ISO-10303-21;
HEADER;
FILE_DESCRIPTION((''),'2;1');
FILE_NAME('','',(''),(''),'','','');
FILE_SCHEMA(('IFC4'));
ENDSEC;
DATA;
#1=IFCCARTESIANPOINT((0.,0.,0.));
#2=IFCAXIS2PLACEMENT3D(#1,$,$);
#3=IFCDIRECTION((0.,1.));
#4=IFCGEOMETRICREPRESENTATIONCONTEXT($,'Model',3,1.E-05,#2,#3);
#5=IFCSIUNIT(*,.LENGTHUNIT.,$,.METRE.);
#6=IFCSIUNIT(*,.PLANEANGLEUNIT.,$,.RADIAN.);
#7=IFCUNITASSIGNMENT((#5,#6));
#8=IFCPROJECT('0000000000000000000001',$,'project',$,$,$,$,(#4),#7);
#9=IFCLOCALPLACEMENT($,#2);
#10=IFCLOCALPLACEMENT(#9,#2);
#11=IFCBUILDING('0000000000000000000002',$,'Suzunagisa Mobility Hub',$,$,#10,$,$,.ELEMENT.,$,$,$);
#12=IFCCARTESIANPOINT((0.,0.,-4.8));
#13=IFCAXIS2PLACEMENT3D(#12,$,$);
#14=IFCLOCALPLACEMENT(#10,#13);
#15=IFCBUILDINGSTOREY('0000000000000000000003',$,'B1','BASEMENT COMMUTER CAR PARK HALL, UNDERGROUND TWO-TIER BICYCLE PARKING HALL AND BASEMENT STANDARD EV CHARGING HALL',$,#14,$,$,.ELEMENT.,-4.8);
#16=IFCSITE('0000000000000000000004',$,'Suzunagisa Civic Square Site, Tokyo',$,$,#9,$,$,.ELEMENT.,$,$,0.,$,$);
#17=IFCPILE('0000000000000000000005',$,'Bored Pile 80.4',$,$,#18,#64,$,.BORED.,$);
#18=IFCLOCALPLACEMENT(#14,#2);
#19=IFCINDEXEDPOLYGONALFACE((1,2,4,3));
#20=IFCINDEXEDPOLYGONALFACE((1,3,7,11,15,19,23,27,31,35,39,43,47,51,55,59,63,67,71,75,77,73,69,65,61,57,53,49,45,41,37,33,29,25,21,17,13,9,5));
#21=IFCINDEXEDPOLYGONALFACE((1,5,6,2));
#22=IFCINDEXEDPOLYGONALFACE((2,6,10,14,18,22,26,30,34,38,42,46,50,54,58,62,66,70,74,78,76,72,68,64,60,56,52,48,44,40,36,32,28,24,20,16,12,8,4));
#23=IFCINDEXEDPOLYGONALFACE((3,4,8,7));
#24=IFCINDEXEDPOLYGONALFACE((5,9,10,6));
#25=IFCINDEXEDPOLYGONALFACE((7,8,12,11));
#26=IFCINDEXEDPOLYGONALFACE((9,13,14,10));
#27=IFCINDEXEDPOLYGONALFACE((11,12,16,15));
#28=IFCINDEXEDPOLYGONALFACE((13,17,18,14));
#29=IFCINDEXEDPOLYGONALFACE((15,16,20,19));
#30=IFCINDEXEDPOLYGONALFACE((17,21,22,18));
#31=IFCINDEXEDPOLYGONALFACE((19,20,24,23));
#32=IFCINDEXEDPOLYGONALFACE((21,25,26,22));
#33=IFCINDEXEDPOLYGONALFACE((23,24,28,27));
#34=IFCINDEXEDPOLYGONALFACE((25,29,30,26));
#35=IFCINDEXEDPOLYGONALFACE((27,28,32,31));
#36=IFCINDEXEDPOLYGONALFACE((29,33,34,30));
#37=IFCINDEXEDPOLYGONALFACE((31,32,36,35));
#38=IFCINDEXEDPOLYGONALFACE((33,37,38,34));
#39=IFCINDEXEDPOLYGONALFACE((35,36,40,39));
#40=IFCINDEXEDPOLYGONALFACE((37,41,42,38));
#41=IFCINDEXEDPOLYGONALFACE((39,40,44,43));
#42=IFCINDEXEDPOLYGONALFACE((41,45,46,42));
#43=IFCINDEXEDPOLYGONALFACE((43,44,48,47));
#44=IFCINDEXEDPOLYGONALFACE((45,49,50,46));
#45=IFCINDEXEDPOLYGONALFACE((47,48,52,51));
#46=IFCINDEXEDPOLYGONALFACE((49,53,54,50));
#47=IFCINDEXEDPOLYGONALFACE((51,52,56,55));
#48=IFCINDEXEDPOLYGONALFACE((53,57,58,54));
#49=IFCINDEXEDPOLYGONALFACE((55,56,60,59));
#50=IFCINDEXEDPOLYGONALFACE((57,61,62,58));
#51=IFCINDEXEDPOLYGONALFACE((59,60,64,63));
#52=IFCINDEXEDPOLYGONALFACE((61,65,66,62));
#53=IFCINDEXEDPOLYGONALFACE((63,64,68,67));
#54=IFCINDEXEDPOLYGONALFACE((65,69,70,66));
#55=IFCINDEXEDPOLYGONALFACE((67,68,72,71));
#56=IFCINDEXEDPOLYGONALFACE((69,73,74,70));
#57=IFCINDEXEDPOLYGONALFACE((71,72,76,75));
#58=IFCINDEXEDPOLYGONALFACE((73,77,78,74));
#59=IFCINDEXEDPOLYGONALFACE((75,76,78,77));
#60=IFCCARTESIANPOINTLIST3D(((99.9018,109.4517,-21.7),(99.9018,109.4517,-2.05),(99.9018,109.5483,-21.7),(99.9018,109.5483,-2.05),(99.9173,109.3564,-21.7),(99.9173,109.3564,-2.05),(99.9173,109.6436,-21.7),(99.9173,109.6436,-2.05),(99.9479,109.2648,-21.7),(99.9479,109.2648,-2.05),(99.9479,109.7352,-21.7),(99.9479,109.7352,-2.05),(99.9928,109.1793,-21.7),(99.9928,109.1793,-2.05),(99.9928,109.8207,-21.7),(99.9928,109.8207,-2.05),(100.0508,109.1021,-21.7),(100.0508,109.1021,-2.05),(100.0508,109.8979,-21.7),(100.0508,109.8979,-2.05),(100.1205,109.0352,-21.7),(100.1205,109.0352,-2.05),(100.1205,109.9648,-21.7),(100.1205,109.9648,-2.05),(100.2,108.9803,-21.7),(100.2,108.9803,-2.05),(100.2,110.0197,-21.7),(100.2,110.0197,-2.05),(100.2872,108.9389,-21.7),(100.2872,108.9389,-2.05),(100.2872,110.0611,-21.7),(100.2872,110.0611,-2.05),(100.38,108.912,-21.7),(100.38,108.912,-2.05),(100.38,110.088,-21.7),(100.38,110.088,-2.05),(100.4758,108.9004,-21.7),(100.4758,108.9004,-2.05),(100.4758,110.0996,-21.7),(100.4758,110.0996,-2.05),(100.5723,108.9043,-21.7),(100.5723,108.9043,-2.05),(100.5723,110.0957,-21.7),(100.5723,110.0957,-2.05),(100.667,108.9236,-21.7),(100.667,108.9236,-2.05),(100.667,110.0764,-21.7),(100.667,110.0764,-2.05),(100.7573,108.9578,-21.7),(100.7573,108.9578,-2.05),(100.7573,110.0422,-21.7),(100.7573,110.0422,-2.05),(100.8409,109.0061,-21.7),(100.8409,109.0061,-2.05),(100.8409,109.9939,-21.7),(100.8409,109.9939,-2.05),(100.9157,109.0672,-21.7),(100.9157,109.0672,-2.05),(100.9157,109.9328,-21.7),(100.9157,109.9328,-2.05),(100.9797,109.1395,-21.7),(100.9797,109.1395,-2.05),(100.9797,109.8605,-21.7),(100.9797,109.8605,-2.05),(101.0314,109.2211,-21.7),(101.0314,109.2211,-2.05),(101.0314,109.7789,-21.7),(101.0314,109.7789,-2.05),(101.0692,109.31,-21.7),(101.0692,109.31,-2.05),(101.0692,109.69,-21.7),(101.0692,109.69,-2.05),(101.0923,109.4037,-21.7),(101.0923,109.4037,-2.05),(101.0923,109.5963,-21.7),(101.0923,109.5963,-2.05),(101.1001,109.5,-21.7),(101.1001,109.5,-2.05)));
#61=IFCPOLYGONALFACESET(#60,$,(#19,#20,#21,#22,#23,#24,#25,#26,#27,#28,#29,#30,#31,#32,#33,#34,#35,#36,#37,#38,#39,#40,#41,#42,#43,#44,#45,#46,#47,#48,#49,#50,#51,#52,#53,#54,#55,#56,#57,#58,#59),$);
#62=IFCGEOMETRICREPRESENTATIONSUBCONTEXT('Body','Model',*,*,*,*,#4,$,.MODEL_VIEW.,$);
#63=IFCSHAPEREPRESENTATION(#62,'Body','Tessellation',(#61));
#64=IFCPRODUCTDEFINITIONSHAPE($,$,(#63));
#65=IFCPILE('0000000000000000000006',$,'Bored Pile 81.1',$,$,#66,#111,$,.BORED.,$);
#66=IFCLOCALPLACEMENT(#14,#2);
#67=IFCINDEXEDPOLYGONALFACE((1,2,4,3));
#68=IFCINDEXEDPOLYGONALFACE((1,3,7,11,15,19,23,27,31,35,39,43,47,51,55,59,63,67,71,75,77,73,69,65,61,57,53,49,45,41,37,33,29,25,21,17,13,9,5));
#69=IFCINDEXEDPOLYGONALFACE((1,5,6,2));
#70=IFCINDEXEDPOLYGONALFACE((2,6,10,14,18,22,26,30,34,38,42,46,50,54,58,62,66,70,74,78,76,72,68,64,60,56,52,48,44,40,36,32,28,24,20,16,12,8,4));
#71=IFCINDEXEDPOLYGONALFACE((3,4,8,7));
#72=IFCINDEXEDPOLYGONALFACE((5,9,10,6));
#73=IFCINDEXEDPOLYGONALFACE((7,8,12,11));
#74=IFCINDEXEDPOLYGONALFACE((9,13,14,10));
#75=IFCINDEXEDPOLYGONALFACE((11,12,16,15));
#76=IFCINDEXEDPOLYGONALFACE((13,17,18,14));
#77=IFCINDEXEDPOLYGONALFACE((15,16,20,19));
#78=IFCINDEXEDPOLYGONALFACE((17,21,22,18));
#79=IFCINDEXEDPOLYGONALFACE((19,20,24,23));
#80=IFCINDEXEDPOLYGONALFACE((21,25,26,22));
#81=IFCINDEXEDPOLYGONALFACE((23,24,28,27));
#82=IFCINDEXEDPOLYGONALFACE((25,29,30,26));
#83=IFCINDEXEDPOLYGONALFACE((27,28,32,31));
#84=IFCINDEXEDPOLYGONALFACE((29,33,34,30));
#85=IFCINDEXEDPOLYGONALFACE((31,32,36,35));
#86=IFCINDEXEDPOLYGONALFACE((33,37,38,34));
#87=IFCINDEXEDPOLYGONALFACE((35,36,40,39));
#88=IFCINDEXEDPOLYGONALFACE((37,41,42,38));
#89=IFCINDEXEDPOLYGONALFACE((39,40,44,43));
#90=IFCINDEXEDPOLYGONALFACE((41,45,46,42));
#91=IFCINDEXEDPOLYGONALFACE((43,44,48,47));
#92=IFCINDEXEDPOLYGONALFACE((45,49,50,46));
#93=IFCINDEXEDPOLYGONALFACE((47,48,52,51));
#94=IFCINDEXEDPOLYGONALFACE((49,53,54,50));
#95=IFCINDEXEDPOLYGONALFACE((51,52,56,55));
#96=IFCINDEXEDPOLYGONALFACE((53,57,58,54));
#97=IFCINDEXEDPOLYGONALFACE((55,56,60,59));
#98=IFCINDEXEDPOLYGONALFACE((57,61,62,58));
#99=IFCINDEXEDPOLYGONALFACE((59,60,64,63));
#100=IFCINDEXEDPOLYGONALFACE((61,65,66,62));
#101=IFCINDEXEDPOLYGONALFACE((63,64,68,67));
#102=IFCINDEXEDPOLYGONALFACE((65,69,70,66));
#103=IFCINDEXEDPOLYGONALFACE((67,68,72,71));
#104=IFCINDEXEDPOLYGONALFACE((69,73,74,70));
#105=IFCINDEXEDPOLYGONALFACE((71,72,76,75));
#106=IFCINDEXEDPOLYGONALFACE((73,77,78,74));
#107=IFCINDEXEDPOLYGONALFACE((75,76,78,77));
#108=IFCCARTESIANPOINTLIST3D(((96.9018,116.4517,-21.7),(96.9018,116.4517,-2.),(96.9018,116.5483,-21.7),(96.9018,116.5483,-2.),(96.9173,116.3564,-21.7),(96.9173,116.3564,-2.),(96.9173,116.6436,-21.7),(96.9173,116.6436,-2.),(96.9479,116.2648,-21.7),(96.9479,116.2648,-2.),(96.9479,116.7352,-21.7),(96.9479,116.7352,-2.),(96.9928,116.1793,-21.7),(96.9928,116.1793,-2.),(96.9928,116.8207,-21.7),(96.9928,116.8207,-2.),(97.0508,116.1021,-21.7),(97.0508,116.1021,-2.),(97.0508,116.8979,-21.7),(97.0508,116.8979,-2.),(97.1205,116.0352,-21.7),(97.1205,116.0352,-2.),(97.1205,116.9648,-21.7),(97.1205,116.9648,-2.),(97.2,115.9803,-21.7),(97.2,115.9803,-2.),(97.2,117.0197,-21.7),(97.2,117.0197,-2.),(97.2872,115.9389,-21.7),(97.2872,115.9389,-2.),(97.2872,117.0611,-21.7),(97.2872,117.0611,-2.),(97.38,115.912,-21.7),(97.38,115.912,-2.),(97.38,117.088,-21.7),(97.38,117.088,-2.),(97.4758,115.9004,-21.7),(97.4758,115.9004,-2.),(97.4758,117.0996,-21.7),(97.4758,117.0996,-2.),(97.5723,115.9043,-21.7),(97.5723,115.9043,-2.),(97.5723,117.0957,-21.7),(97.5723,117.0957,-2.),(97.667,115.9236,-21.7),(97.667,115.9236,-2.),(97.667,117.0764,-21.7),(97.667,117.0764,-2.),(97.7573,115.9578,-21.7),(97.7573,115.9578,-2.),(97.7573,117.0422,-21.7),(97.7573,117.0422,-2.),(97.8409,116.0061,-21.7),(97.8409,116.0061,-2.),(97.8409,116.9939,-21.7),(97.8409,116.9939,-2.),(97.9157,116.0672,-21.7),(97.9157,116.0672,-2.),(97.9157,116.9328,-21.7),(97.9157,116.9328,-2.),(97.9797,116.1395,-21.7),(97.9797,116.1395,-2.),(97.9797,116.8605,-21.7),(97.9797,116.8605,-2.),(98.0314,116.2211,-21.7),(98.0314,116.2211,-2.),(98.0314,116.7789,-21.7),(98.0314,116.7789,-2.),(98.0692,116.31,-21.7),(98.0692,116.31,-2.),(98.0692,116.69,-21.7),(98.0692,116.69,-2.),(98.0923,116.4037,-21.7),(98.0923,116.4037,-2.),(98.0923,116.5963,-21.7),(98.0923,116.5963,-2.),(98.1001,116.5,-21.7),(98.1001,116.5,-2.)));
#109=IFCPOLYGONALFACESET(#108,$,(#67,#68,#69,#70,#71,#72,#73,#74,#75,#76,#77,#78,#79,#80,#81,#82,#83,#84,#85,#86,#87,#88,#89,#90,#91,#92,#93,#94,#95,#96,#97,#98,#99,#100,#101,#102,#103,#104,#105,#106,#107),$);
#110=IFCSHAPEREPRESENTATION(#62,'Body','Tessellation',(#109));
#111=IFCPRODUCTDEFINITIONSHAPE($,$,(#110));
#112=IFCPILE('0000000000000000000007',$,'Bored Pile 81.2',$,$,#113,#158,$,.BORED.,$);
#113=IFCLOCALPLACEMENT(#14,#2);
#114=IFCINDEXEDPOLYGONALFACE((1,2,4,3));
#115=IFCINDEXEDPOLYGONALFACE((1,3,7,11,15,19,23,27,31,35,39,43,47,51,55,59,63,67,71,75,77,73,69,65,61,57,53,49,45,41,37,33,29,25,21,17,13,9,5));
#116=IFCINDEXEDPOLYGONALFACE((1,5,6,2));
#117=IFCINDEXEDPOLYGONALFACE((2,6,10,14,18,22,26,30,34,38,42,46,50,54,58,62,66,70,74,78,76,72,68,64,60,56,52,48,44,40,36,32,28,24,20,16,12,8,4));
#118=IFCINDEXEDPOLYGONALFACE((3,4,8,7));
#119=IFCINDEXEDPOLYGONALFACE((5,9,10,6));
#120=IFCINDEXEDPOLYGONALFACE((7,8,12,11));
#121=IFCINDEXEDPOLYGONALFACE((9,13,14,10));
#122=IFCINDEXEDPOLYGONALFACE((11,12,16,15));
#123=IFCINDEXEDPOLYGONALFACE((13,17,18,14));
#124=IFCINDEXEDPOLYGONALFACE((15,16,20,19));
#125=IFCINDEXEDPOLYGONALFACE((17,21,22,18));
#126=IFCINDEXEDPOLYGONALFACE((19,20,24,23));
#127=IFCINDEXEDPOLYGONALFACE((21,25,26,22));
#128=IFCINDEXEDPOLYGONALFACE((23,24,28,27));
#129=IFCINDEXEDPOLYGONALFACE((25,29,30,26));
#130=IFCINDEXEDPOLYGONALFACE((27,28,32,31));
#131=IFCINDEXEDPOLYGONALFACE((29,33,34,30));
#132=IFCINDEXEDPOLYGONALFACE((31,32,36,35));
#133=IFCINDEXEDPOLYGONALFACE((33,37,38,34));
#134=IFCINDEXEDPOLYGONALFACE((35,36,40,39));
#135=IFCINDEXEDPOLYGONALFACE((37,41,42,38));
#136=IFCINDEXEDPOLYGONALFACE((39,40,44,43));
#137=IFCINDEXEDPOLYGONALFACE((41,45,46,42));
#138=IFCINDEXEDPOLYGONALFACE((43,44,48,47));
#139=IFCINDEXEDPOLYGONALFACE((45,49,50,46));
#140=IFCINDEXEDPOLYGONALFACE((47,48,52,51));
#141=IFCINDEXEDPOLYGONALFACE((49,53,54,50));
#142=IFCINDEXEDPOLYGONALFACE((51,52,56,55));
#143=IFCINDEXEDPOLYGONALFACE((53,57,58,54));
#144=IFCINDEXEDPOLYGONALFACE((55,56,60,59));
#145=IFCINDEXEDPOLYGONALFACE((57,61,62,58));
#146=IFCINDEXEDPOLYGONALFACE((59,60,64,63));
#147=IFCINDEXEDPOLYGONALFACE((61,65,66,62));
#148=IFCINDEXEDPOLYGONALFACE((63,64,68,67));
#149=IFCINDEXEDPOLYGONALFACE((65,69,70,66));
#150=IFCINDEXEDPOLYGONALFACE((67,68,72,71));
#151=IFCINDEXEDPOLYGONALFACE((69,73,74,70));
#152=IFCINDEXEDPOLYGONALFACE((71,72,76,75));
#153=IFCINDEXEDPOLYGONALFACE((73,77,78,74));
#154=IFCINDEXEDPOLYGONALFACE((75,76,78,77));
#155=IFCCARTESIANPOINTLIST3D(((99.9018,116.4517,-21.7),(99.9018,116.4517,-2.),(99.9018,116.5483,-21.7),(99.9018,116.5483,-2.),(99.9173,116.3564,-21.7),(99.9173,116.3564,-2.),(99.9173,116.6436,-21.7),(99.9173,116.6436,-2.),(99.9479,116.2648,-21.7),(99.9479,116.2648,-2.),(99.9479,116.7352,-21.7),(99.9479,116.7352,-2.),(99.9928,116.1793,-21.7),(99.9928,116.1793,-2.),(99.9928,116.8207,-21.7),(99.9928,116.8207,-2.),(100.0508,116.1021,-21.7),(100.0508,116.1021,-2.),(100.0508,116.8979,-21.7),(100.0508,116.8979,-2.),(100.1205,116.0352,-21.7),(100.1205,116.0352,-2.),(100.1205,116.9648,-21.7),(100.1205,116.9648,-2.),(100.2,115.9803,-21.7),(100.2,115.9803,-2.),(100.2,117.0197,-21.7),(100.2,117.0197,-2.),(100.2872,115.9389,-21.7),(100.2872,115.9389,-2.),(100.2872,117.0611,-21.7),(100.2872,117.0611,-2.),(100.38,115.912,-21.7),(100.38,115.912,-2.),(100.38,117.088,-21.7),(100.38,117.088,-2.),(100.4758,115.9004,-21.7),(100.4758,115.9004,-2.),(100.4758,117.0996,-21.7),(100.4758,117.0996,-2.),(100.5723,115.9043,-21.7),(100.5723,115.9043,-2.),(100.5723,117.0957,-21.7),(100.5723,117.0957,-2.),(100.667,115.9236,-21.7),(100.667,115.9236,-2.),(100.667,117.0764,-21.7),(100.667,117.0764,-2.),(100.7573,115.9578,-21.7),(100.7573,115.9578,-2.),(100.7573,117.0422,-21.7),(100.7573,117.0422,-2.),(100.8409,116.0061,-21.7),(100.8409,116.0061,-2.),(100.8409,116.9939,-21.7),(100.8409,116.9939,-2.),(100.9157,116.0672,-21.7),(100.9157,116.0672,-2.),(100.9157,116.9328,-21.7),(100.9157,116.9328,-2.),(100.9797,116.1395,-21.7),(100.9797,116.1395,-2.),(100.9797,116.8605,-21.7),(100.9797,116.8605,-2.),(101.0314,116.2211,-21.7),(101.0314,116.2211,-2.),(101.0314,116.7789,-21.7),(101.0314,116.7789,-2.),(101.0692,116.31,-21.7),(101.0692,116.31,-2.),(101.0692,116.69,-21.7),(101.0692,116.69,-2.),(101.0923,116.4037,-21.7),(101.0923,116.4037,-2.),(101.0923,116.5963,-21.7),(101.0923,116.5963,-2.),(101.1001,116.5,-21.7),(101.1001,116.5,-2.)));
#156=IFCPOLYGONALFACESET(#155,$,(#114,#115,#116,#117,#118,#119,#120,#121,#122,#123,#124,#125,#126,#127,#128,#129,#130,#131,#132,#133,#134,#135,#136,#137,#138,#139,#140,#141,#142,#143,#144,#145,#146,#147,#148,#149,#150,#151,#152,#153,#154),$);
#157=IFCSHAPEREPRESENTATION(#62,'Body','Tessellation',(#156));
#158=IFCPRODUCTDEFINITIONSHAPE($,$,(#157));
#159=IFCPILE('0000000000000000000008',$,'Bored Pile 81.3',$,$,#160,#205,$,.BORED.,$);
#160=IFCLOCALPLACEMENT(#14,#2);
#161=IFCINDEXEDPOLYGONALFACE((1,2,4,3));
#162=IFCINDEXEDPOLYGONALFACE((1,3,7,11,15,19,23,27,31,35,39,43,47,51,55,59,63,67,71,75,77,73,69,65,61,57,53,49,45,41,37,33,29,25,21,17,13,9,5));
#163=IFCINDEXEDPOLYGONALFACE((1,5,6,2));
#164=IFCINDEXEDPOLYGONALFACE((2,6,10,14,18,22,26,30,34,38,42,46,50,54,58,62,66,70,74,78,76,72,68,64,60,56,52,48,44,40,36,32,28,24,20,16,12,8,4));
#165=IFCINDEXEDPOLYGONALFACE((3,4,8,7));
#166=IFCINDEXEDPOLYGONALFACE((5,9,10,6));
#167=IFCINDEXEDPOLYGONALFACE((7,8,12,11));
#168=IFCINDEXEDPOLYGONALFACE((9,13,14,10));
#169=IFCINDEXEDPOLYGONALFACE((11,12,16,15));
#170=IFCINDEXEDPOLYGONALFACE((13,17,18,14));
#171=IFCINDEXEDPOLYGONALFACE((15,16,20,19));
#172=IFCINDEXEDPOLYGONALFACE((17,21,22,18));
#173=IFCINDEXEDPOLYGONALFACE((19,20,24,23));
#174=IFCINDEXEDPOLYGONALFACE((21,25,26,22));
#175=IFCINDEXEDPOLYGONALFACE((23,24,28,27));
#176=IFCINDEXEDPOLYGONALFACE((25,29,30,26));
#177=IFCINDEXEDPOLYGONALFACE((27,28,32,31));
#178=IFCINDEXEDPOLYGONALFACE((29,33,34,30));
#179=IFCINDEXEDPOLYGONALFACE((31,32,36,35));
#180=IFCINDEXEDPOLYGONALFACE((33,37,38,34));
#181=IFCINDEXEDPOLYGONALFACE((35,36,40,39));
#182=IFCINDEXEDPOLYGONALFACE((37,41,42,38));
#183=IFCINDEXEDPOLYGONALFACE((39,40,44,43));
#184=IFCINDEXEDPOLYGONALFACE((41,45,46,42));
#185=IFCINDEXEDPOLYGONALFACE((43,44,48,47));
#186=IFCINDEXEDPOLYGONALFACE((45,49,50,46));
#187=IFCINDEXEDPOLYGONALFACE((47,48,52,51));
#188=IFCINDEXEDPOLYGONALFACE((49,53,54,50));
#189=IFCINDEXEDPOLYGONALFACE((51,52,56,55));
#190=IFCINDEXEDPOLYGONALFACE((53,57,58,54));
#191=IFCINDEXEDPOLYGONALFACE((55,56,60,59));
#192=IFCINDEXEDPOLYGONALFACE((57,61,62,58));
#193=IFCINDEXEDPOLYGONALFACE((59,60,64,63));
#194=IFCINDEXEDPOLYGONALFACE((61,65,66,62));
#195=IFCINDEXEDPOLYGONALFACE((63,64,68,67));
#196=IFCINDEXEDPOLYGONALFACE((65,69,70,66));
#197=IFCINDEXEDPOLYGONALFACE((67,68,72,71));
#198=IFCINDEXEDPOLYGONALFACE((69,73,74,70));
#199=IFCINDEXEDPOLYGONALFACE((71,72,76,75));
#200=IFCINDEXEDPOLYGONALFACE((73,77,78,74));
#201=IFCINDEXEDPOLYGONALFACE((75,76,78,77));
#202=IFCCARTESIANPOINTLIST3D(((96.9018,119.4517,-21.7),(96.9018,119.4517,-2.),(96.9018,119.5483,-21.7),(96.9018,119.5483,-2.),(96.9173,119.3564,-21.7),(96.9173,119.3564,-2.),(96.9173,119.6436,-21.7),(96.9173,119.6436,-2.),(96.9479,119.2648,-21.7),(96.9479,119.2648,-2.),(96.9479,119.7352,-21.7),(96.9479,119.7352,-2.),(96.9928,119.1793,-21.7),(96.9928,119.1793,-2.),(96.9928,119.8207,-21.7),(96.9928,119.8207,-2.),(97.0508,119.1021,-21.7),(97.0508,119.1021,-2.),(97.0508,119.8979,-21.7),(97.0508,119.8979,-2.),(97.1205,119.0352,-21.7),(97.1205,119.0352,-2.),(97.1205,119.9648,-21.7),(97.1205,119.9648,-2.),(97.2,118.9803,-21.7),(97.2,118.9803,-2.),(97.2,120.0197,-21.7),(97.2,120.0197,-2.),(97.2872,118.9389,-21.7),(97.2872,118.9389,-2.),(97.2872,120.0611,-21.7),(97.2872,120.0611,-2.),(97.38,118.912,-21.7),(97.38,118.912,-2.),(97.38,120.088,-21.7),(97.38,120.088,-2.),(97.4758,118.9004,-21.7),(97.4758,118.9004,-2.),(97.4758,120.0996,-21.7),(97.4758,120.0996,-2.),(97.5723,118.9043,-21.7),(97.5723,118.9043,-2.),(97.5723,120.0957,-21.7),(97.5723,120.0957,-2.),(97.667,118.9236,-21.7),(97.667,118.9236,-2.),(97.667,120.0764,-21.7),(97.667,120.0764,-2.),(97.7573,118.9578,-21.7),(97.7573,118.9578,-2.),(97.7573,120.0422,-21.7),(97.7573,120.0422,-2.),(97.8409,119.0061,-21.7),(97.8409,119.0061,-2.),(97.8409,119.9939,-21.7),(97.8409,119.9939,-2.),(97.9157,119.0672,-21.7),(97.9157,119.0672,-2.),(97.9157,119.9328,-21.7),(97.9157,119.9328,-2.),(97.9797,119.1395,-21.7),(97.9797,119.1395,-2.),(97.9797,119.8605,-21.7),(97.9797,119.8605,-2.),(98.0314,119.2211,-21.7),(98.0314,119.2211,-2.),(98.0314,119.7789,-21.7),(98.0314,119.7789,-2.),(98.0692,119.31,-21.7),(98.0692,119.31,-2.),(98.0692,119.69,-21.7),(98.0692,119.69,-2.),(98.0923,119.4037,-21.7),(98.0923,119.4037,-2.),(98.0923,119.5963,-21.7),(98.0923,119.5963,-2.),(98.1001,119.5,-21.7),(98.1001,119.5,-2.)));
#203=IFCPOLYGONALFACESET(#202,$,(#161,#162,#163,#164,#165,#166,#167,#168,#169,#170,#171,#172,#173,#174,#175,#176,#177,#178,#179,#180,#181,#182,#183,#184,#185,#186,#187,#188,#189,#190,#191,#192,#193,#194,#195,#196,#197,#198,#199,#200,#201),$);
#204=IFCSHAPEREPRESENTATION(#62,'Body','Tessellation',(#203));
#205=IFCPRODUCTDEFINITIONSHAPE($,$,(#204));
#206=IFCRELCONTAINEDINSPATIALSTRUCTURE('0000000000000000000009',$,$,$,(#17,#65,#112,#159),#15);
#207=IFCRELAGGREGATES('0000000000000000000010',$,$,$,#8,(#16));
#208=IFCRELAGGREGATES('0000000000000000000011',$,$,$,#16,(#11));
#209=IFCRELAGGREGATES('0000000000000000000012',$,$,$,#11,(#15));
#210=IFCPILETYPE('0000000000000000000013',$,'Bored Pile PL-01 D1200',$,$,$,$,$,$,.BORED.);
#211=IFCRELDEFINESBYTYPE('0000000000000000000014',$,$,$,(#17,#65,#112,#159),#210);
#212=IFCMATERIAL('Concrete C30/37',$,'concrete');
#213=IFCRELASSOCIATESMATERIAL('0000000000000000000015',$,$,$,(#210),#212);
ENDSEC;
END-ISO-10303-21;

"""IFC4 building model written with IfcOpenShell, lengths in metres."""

from ifc_helpers import new_model, si_unit, direction, frame, origin, origin_2d, place, context, subcontext, project, spatial, circle, extrude, material, material_profile, profile_set, type_object, element, save


model = new_model("IFC4")

# Units and contexts
model_context = context("Model", 3, precision=1e-05, world=origin(), true_north=direction((0.0, 1.0)))
body_context = subcontext(model_context, "Body", "Model", "MODEL_VIEW")
ifc_project = project(units=[si_unit("LENGTHUNIT", "METRE"), si_unit("PLANEANGLEUNIT", "RADIAN")], contexts=[model_context])

# Site, building, storey
site_placement = place(None, origin())
site = spatial("IfcSite", under=ifc_project, at=site_placement, Name="Suzunagisa Civic Square Site, Tokyo", CompositionType="ELEMENT", RefElevation=0.0)
building_placement = place(site_placement, origin())
building = spatial("IfcBuilding", under=site, at=building_placement, Name="Suzunagisa Mobility Hub", CompositionType="ELEMENT")
storey_placement = place(building_placement, frame((0.0, 0.0, -4.8)))
storey = spatial("IfcBuildingStorey", under=building, at=storey_placement, Name="B1", Description="BASEMENT COMMUTER CAR PARK HALL, UNDERGROUND TWO-TIER BICYCLE PARKING HALL AND BASEMENT STANDARD EV CHARGING HALL", CompositionType="ELEMENT", Elevation=-4.8)

# Piles
ifc_material_1 = material(Name="Concrete C30/37", Category="concrete")
ifc_material_profile_1 = material_profile(ifc_material_1, circle(Radius=0.6001, at=origin_2d()), Name="BORED PILE D1200")
ifc_profile_set_1 = profile_set([ifc_material_profile_1], Name="Concrete C30/37")
pile_type_1 = type_object("IfcPileType", Name="Bored Pile PL-01 D1200", PredefinedType="BORED", material=ifc_profile_set_1)
for number, where, z_axis, x_axis, name in (
    (1, (100.5, 109.5, -2.05), (0.0, 0.0, -1.0), (1.0, 0.0, 0.0), "Bored Pile 80.4"),
):
    element("IfcPile", number, at=place(storey_placement, frame(where, z_axis=z_axis, x_axis=x_axis)), inside=storey, type_object=pile_type_1, Name=name, PredefinedType="BORED", context=body_context, shape_type="SweptSolid", body=[
        extrude(circle(Radius=0.6001, at=origin_2d()), origin(), (0.0, 0.0, 1.0), 19.6499),
    ])
for number, where, z_axis, x_axis, name in (
    (2, (97.5, 116.5, -2.0), (0.0, 0.0, -1.0), (1.0, 0.0, 0.0), "Bored Pile 81.1"),
    (3, (100.5, 116.5, -2.0), (0.0, 0.0, -1.0), (1.0, 0.0, 0.0), "Bored Pile 81.2"),
    (4, (97.5, 119.5, -2.0), (0.0, 0.0, -1.0), (1.0, 0.0, 0.0), "Bored Pile 81.3"),
):
    element("IfcPile", number, at=place(storey_placement, frame(where, z_axis=z_axis, x_axis=x_axis)), inside=storey, type_object=pile_type_1, Name=name, PredefinedType="BORED", context=body_context, shape_type="SweptSolid", body=[
        extrude(circle(Radius=0.6001, at=origin_2d()), origin(), (0.0, 0.0, 1.0), 19.7),
    ])

save(model, "model.ifc")
